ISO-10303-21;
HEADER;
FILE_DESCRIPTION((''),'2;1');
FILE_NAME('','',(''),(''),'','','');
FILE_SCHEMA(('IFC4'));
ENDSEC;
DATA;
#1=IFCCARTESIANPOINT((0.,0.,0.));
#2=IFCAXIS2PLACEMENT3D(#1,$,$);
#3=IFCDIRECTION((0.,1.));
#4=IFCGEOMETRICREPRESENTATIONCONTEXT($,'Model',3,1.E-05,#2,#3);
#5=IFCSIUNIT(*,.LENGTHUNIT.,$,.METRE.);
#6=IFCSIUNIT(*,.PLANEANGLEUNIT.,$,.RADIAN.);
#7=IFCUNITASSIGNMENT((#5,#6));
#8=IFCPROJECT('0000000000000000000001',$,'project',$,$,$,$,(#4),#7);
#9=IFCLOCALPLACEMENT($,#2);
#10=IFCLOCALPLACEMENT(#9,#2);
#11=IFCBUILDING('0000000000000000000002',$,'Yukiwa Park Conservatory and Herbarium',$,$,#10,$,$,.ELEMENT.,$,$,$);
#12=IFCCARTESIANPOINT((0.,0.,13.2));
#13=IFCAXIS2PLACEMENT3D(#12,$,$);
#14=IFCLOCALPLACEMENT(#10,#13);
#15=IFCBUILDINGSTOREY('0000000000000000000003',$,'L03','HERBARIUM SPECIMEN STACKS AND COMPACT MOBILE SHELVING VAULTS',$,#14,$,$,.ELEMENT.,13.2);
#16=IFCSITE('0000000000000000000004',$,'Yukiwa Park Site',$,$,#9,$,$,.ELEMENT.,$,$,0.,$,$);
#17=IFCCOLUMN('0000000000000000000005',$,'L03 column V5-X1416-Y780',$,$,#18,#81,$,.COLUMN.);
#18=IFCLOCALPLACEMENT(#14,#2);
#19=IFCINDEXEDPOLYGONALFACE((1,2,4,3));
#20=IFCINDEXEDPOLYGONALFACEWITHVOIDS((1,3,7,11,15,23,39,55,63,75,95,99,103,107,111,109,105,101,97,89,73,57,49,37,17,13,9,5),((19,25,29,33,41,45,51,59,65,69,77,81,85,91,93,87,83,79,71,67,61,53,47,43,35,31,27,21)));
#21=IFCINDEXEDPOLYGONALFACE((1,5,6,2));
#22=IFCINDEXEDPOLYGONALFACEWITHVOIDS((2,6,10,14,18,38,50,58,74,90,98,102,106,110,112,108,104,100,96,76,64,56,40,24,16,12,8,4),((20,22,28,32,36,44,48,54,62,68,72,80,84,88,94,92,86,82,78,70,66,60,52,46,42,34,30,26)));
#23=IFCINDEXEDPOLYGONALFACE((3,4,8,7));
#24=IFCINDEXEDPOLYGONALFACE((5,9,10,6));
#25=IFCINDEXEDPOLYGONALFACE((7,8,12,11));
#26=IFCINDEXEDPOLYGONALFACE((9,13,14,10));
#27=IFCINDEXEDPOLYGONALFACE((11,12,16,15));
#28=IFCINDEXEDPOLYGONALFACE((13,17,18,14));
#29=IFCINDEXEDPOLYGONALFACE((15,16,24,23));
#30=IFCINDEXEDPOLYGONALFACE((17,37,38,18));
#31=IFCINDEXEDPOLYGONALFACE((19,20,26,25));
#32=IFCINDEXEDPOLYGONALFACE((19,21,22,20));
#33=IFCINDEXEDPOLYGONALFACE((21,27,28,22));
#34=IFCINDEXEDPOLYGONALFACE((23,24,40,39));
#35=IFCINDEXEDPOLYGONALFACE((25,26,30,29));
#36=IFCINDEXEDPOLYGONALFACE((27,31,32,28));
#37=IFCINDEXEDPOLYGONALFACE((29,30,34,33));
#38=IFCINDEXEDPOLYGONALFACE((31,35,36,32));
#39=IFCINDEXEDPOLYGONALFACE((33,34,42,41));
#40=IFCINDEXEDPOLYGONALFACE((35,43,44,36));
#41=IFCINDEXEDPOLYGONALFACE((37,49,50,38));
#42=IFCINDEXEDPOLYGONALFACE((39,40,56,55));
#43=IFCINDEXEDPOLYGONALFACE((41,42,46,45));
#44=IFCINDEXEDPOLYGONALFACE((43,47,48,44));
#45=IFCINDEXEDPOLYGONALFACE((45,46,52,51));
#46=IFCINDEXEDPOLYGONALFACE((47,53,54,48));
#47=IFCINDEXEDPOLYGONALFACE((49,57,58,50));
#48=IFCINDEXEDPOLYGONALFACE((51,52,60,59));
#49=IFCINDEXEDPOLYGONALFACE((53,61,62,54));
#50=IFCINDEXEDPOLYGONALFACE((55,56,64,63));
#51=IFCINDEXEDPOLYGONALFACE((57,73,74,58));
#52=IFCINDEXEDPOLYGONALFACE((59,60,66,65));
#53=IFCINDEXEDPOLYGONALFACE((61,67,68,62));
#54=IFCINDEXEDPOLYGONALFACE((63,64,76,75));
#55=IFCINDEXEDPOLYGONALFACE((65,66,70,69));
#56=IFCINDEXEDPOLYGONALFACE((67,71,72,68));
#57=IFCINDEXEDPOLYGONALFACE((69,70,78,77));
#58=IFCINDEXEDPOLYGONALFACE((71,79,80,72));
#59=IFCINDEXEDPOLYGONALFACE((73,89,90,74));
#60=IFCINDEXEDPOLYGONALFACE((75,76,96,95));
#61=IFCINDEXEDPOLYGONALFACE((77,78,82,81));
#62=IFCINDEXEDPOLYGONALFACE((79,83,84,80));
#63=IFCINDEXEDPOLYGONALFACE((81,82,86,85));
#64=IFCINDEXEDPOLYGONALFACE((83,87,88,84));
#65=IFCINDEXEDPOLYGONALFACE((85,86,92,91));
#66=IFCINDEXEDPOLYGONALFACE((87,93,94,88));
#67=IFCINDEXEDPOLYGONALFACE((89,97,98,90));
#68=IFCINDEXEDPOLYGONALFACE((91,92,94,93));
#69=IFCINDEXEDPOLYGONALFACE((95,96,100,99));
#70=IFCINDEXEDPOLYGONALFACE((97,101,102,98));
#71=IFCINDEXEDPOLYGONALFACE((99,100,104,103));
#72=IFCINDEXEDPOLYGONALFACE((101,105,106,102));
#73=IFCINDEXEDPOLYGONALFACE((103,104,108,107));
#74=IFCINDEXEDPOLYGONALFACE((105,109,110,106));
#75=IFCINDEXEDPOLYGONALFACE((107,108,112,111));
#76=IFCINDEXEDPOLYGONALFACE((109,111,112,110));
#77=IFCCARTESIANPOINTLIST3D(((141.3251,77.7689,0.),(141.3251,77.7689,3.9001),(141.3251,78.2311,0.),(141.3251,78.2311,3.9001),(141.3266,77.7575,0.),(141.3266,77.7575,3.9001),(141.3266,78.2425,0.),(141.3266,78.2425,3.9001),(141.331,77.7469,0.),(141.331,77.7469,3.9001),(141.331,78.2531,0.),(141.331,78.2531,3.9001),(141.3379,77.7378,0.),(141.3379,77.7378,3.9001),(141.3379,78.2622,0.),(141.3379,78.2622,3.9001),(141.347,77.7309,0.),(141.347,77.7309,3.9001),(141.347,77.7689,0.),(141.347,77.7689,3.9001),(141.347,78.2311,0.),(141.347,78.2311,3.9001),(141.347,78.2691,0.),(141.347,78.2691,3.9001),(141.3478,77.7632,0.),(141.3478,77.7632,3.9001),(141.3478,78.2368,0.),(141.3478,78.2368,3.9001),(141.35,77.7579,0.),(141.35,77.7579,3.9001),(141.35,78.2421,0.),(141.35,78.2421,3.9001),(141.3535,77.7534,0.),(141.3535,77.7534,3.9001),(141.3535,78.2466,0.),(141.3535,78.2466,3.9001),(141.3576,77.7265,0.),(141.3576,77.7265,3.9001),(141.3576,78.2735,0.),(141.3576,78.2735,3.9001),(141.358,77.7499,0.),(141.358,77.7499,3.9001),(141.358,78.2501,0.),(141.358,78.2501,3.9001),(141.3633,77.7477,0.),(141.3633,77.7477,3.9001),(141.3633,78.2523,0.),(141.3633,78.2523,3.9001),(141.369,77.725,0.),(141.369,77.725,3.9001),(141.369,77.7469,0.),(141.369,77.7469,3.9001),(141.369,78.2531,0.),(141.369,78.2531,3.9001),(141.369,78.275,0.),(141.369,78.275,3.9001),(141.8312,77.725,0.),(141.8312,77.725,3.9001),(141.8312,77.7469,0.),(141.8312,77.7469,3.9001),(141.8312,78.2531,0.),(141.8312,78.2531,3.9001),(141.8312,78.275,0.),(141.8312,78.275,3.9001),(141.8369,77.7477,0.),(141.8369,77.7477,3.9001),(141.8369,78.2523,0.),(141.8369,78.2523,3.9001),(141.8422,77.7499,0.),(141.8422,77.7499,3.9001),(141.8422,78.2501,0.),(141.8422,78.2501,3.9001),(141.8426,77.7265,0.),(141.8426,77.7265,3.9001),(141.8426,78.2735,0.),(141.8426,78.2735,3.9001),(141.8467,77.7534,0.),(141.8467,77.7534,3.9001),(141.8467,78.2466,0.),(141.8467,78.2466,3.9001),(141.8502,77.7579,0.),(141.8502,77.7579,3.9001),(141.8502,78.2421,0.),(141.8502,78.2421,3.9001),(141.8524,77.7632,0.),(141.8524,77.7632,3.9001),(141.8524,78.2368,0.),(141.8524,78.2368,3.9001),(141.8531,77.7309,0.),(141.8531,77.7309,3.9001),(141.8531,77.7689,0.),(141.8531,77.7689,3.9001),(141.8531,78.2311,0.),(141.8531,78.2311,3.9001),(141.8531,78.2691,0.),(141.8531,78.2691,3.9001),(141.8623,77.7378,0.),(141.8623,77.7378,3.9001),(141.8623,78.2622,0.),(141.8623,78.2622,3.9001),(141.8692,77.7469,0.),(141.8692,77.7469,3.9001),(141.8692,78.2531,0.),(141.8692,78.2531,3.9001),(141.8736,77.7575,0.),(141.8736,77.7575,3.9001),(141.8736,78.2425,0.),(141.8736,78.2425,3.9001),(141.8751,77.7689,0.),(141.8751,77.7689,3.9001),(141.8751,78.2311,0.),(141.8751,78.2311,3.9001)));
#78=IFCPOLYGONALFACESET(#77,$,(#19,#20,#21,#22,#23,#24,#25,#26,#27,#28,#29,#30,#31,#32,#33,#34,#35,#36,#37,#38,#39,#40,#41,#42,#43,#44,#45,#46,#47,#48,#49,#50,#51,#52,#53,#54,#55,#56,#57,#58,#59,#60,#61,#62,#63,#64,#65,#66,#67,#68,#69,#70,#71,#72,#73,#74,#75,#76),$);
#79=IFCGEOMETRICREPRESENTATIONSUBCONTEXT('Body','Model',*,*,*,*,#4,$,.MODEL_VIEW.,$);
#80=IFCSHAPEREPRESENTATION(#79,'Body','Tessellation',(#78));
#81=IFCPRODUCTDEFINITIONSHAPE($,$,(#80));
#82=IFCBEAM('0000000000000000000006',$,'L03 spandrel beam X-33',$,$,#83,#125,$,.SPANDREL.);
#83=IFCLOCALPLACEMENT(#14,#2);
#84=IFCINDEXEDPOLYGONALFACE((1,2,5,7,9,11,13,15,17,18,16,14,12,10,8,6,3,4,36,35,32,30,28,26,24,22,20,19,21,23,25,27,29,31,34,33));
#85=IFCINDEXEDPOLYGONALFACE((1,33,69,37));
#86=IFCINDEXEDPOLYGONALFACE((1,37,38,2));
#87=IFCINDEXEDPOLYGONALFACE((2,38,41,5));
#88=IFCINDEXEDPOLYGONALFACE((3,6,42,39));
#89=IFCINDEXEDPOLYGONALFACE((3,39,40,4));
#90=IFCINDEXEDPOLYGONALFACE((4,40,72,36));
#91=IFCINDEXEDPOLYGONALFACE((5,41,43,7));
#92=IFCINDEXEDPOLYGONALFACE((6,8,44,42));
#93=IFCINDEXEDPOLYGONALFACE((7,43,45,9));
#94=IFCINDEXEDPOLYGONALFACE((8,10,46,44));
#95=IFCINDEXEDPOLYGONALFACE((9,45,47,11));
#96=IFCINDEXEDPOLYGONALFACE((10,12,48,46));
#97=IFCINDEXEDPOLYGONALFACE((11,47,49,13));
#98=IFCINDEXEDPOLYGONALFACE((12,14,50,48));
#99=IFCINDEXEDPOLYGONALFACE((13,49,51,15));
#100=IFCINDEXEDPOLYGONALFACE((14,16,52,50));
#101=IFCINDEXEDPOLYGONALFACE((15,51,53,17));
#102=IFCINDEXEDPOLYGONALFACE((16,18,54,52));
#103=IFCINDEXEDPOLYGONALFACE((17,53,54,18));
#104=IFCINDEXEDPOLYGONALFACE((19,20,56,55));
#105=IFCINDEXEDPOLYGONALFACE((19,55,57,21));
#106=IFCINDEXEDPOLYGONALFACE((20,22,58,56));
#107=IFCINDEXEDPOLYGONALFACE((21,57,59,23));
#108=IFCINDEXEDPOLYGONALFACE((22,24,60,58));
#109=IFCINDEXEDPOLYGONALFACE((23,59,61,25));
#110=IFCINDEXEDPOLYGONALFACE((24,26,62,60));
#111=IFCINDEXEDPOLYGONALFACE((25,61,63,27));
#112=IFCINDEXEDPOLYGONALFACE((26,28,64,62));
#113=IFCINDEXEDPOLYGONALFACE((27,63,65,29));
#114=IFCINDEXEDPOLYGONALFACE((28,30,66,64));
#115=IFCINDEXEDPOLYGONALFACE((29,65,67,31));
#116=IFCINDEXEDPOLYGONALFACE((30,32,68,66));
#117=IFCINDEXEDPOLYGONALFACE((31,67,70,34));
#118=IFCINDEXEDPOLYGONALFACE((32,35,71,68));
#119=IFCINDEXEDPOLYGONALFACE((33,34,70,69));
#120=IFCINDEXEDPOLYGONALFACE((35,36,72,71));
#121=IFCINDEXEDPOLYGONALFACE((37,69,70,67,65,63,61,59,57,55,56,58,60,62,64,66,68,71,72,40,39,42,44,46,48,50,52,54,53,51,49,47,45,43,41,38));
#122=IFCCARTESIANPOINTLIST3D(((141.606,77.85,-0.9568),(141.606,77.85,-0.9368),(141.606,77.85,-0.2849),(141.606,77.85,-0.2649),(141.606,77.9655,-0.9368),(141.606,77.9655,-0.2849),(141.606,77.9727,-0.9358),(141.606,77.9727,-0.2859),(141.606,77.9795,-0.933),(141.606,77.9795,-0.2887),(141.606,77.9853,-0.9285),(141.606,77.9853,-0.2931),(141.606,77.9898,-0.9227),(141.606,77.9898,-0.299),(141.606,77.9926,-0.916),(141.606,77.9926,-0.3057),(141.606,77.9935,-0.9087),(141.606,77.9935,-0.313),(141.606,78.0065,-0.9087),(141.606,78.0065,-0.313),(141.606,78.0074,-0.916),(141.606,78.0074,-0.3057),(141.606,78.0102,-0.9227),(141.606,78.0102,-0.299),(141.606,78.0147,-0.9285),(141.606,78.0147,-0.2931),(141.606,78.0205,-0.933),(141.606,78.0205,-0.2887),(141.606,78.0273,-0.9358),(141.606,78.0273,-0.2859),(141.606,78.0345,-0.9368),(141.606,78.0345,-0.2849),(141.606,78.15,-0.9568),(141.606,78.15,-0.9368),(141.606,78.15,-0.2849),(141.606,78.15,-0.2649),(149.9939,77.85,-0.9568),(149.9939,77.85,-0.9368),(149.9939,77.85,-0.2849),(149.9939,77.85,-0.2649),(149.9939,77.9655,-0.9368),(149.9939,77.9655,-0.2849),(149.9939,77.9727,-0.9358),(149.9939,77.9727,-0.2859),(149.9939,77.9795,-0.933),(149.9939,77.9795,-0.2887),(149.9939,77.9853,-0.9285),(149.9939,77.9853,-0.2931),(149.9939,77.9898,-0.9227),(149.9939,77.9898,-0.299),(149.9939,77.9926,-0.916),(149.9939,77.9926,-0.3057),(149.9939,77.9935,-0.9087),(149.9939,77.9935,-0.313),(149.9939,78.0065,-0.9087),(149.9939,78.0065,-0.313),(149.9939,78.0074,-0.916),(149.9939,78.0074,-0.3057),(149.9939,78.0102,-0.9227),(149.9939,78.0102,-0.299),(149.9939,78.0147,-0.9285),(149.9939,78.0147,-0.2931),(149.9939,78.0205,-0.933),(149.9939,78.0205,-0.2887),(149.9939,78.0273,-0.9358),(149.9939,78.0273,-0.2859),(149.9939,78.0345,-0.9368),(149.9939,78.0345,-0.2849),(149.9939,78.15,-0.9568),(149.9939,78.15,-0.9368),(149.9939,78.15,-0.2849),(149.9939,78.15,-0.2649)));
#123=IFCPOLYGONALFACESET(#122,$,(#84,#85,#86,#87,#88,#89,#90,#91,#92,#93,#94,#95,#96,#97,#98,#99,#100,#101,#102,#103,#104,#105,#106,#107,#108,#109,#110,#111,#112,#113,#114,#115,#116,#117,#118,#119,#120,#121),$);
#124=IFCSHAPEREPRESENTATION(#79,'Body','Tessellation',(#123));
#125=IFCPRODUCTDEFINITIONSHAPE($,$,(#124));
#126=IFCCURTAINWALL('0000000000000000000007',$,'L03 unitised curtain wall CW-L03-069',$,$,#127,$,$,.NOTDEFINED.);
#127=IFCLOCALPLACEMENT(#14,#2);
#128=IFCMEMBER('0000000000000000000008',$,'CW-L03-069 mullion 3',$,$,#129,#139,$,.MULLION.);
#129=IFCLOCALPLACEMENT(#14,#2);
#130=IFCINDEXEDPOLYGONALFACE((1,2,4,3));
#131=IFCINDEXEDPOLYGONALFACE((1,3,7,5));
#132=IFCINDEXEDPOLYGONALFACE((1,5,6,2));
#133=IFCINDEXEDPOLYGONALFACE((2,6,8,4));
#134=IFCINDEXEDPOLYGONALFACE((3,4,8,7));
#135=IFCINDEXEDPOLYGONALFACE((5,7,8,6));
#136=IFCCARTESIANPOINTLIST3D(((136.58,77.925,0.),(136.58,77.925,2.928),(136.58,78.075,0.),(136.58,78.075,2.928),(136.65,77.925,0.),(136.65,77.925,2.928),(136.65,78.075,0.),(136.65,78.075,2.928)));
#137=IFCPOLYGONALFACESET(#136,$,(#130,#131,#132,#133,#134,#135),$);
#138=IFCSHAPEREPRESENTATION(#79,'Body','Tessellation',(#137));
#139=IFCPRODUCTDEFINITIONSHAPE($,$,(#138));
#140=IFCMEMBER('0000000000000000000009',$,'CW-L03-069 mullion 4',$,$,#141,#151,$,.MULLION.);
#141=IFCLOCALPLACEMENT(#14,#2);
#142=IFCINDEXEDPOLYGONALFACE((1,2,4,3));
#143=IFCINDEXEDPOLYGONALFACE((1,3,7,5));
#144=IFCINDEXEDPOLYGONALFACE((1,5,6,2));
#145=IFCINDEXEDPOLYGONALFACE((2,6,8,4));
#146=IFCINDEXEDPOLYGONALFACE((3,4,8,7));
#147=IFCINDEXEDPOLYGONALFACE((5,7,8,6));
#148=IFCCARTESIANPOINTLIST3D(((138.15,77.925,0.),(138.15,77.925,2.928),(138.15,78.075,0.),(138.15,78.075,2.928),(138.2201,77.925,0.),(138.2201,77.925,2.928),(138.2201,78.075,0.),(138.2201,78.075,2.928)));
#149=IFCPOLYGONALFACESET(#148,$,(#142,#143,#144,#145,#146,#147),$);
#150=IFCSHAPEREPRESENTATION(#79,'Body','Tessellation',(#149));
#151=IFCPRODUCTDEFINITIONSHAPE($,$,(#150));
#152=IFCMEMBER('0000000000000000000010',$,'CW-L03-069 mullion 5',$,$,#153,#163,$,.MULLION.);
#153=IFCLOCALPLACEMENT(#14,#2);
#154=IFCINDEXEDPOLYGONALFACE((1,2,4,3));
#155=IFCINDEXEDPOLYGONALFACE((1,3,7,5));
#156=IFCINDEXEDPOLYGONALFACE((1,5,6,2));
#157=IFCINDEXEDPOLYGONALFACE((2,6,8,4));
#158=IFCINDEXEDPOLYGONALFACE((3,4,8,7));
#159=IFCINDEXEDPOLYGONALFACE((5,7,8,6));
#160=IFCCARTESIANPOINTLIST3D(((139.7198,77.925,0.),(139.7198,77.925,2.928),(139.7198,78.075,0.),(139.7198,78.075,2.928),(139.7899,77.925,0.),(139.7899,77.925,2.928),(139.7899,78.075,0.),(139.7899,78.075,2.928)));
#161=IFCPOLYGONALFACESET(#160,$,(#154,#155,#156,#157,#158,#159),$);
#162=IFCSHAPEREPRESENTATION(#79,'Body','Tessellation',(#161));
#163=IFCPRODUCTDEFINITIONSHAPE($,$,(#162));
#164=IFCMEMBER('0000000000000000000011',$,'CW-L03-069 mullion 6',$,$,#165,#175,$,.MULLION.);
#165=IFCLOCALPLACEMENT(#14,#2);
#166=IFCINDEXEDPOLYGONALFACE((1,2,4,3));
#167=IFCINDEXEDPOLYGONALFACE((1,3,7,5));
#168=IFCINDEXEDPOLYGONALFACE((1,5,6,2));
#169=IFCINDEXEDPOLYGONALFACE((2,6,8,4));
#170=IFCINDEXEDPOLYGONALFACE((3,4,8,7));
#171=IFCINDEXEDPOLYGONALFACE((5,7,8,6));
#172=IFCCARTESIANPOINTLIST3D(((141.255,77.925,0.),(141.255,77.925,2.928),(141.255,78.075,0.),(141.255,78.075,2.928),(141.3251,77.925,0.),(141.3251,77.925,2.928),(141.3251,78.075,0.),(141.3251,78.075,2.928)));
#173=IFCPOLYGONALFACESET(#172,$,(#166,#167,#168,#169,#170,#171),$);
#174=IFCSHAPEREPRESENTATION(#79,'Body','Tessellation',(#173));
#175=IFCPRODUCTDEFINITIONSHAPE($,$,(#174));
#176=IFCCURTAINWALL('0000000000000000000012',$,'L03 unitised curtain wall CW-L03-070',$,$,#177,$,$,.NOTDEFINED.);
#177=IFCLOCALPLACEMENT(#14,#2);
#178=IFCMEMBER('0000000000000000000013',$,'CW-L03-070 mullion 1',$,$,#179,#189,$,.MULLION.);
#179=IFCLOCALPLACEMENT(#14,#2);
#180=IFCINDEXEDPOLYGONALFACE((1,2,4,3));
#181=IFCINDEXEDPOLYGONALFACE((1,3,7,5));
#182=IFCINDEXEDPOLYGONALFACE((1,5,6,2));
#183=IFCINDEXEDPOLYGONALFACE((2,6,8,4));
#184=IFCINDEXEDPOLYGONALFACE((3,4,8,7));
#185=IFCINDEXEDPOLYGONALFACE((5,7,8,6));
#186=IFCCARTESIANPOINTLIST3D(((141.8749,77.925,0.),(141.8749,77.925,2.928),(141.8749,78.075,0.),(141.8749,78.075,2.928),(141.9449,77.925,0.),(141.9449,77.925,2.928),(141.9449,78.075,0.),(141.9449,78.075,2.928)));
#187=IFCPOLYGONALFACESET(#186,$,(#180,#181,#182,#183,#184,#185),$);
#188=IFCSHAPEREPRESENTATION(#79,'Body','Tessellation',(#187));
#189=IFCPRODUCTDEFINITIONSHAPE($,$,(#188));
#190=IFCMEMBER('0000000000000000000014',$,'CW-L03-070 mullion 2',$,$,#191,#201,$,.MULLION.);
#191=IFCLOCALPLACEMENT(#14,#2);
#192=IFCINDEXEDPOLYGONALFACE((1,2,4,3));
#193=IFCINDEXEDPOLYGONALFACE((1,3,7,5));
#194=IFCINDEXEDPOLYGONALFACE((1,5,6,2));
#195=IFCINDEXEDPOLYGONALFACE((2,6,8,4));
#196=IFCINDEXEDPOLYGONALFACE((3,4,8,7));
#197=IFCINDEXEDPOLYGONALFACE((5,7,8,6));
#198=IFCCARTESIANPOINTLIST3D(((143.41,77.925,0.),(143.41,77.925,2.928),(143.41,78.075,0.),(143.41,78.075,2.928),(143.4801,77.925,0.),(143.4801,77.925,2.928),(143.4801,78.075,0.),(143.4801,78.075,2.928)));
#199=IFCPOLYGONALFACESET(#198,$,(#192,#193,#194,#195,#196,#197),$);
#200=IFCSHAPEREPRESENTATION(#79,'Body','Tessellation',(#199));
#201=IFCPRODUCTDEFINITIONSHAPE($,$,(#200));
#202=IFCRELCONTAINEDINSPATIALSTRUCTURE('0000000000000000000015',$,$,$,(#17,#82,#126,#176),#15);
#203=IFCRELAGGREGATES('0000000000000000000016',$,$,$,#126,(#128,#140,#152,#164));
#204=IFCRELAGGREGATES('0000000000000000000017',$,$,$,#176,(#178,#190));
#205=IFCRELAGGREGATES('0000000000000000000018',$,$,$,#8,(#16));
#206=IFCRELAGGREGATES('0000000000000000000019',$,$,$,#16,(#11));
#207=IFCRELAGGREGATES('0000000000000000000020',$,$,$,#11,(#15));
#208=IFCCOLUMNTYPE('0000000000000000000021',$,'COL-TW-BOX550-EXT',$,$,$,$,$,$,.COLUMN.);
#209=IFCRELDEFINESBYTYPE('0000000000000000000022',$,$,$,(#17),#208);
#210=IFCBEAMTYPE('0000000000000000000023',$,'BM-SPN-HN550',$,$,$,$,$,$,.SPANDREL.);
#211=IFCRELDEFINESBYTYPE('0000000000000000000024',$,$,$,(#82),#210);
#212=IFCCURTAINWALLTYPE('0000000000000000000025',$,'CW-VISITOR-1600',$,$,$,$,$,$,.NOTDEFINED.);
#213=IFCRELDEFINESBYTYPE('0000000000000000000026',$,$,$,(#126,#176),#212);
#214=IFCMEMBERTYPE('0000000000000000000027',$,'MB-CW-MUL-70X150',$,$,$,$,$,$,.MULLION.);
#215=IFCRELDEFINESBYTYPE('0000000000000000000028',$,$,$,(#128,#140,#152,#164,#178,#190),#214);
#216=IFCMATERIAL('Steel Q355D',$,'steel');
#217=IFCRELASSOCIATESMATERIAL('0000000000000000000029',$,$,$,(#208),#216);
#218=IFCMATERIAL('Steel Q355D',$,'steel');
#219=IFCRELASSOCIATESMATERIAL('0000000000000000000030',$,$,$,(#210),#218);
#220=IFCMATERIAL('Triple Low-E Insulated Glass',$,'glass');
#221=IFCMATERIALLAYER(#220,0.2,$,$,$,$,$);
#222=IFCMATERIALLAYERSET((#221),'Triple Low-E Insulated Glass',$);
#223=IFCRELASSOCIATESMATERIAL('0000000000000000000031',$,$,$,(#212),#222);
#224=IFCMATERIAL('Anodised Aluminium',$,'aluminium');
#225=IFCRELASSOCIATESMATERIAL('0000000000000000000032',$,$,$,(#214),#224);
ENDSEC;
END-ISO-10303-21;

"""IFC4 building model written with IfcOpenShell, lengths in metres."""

from ifc_helpers import new_model, si_unit, direction, frame, origin, origin_2d, place, context, subcontext, project, spatial, rectangle, hollow_rectangle, i_section, extrude, material, layer, layer_set, material_profile, profile_set, type_object, element, aggregate, save


model = new_model("IFC4")

# Units and contexts
model_context = context("Model", 3, precision=1e-05, world=origin(), true_north=direction((0.0, 1.0)))
body_context = subcontext(model_context, "Body", "Model", "MODEL_VIEW")
ifc_project = project(units=[si_unit("LENGTHUNIT", "METRE"), si_unit("PLANEANGLEUNIT", "RADIAN")], contexts=[model_context])

# Site, building, storey
site_placement = place(None, origin())
site = spatial("IfcSite", under=ifc_project, at=site_placement, Name="Yukiwa Park Site", CompositionType="ELEMENT", RefElevation=0.0)
building_placement = place(site_placement, origin())
building = spatial("IfcBuilding", under=site, at=building_placement, Name="Yukiwa Park Conservatory and Herbarium", CompositionType="ELEMENT")
storey_placement = place(building_placement, frame((0.0, 0.0, 13.2)))
storey = spatial("IfcBuildingStorey", under=building, at=storey_placement, Name="L03", Description="HERBARIUM SPECIMEN STACKS AND COMPACT MOBILE SHELVING VAULTS", CompositionType="ELEMENT", Elevation=13.2)

# Column
ifc_material_1 = material(Name="Steel Q355D", Category="steel")
ifc_material_profile_1 = material_profile(ifc_material_1, hollow_rectangle(XDim=0.55, YDim=0.55, WallThickness=0.022, InnerFilletRadius=0.022, OuterFilletRadius=0.0439, at=origin_2d()), Name="BOX 550x550x22")
ifc_profile_set_1 = profile_set([ifc_material_profile_1], Name="Steel Q355D")
column_type = type_object("IfcColumnType", Name="COL-TW-BOX550-EXT", PredefinedType="COLUMN", material=ifc_profile_set_1)
column_placement = place(storey_placement, frame((141.6001, 78.0, 0.0), z_axis=(0.0, 0.0, 1.0), x_axis=(1.0, 0.0, 0.0)))
element("IfcColumn", 1, at=column_placement, inside=storey, type_object=column_type, Name="L03 column V5-X1416-Y780", PredefinedType="COLUMN", context=body_context, shape_type="SweptSolid", body=[
    extrude(hollow_rectangle(XDim=0.55, YDim=0.55, WallThickness=0.022, InnerFilletRadius=0.022, OuterFilletRadius=0.0439, at=origin_2d()), origin(), (0.0, 0.0, 1.0), 3.9001),
])

# Beam
ifc_material_2 = material(Name="Steel Q355D", Category="steel")
ifc_material_profile_2 = material_profile(ifc_material_2, i_section(OverallWidth=0.3, OverallDepth=0.6919, WebThickness=0.0129, FlangeThickness=0.02, FilletRadius=0.0281, at=origin_2d()), Name="HN 692x300x13x20")
ifc_profile_set_2 = profile_set([ifc_material_profile_2], Name="Steel Q355D")
beam_type = type_object("IfcBeamType", Name="BM-SPN-HN550", PredefinedType="SPANDREL", material=ifc_profile_set_2)
beam_placement = place(storey_placement, frame((141.606, 78.0, -0.6108), z_axis=(1.0, 0.0, 0.0), x_axis=(0.0, 1.0, 0.0)))
element("IfcBeam", 2, at=beam_placement, inside=storey, type_object=beam_type, Name="L03 spandrel beam X-33", PredefinedType="SPANDREL", context=body_context, shape_type="SweptSolid", body=[
    extrude(i_section(OverallWidth=0.3, OverallDepth=0.6919, WebThickness=0.0129, FlangeThickness=0.02, FilletRadius=0.0281, at=origin_2d()), origin(), (0.0, 0.0, 1.0), 8.3879),
])

# Curtain walls, members
ifc_material_3 = material(Name="Triple Low-E Insulated Glass", Category="glass")
ifc_layer_1 = layer(ifc_material_3, 0.2)
ifc_layer_set_1 = layer_set([ifc_layer_1], Name="Triple Low-E Insulated Glass")
curtain_wall_type = type_object("IfcCurtainWallType", Name="CW-VISITOR-1600", PredefinedType="NOTDEFINED", material=ifc_layer_set_1)
curtain_wall_1_placement = place(storey_placement, origin())
curtain_wall_1 = element("IfcCurtainWall", 3, at=curtain_wall_1_placement, inside=storey, type_object=curtain_wall_type, Name="L03 unitised curtain wall CW-L03-069", PredefinedType="NOTDEFINED")
ifc_material_4 = material(Name="Anodised Aluminium", Category="aluminium")
member_type_1 = type_object("IfcMemberType", Name="MB-CW-MUL-70X150", PredefinedType="MULLION", material=ifc_material_4)
member_1_placement = place(storey_placement, frame((136.615, 78.0, 0.0), z_axis=(0.0, 0.0, 1.0), x_axis=(1.0, 0.0, 0.0)))
member_1 = element("IfcMember", 4, at=member_1_placement, type_object=member_type_1, Name="CW-L03-069 mullion 3", PredefinedType="MULLION", context=body_context, shape_type="SweptSolid", body=[
    extrude(rectangle(XDim=0.0701, YDim=0.1499, at=origin_2d()), origin(), (0.0, 0.0, 1.0), 2.928),
])
member_2_placement = place(storey_placement, frame((138.1851, 78.0, 0.0), z_axis=(0.0, 0.0, 1.0), x_axis=(1.0, 0.0, 0.0)))
member_2 = element("IfcMember", 5, at=member_2_placement, type_object=member_type_1, Name="CW-L03-069 mullion 4", PredefinedType="MULLION", context=body_context, shape_type="SweptSolid", body=[
    extrude(rectangle(XDim=0.0701, YDim=0.1499, at=origin_2d()), origin(), (0.0, 0.0, 1.0), 2.928),
])
member_3_placement = place(storey_placement, frame((139.7549, 78.0, 0.0), z_axis=(0.0, 0.0, 1.0), x_axis=(1.0, 0.0, 0.0)))
member_3 = element("IfcMember", 6, at=member_3_placement, type_object=member_type_1, Name="CW-L03-069 mullion 5", PredefinedType="MULLION", context=body_context, shape_type="SweptSolid", body=[
    extrude(rectangle(XDim=0.0701, YDim=0.1499, at=origin_2d()), origin(), (0.0, 0.0, 1.0), 2.928),
])
member_4_placement = place(storey_placement, frame((141.29, 78.0, 0.0), z_axis=(0.0, 0.0, 1.0), x_axis=(1.0, 0.0, 0.0)))
member_4 = element("IfcMember", 7, at=member_4_placement, type_object=member_type_1, Name="CW-L03-069 mullion 6", PredefinedType="MULLION", context=body_context, shape_type="SweptSolid", body=[
    extrude(rectangle(XDim=0.0701, YDim=0.1499, at=origin_2d()), origin(), (0.0, 0.0, 1.0), 2.928),
])
curtain_wall_2_placement = place(storey_placement, origin())
curtain_wall_2 = element("IfcCurtainWall", 8, at=curtain_wall_2_placement, inside=storey, type_object=curtain_wall_type, Name="L03 unitised curtain wall CW-L03-070", PredefinedType="NOTDEFINED")
member_5_placement = place(storey_placement, frame((141.9099, 78.0, 0.0), z_axis=(0.0, 0.0, 1.0), x_axis=(1.0, 0.0, 0.0)))
member_5 = element("IfcMember", 9, at=member_5_placement, type_object=member_type_1, Name="CW-L03-070 mullion 1", PredefinedType="MULLION", context=body_context, shape_type="SweptSolid", body=[
    extrude(rectangle(XDim=0.0701, YDim=0.1499, at=origin_2d()), origin(), (0.0, 0.0, 1.0), 2.928),
])
member_6_placement = place(storey_placement, frame((143.4451, 78.0, 0.0), z_axis=(0.0, 0.0, 1.0), x_axis=(1.0, 0.0, 0.0)))
member_6 = element("IfcMember", 10, at=member_6_placement, type_object=member_type_1, Name="CW-L03-070 mullion 2", PredefinedType="MULLION", context=body_context, shape_type="SweptSolid", body=[
    extrude(rectangle(XDim=0.0701, YDim=0.1499, at=origin_2d()), origin(), (0.0, 0.0, 1.0), 2.928),
])

aggregate(curtain_wall_1, [member_1, member_2, member_3, member_4])
aggregate(curtain_wall_2, [member_5, member_6])

save(model, "model.ifc")
